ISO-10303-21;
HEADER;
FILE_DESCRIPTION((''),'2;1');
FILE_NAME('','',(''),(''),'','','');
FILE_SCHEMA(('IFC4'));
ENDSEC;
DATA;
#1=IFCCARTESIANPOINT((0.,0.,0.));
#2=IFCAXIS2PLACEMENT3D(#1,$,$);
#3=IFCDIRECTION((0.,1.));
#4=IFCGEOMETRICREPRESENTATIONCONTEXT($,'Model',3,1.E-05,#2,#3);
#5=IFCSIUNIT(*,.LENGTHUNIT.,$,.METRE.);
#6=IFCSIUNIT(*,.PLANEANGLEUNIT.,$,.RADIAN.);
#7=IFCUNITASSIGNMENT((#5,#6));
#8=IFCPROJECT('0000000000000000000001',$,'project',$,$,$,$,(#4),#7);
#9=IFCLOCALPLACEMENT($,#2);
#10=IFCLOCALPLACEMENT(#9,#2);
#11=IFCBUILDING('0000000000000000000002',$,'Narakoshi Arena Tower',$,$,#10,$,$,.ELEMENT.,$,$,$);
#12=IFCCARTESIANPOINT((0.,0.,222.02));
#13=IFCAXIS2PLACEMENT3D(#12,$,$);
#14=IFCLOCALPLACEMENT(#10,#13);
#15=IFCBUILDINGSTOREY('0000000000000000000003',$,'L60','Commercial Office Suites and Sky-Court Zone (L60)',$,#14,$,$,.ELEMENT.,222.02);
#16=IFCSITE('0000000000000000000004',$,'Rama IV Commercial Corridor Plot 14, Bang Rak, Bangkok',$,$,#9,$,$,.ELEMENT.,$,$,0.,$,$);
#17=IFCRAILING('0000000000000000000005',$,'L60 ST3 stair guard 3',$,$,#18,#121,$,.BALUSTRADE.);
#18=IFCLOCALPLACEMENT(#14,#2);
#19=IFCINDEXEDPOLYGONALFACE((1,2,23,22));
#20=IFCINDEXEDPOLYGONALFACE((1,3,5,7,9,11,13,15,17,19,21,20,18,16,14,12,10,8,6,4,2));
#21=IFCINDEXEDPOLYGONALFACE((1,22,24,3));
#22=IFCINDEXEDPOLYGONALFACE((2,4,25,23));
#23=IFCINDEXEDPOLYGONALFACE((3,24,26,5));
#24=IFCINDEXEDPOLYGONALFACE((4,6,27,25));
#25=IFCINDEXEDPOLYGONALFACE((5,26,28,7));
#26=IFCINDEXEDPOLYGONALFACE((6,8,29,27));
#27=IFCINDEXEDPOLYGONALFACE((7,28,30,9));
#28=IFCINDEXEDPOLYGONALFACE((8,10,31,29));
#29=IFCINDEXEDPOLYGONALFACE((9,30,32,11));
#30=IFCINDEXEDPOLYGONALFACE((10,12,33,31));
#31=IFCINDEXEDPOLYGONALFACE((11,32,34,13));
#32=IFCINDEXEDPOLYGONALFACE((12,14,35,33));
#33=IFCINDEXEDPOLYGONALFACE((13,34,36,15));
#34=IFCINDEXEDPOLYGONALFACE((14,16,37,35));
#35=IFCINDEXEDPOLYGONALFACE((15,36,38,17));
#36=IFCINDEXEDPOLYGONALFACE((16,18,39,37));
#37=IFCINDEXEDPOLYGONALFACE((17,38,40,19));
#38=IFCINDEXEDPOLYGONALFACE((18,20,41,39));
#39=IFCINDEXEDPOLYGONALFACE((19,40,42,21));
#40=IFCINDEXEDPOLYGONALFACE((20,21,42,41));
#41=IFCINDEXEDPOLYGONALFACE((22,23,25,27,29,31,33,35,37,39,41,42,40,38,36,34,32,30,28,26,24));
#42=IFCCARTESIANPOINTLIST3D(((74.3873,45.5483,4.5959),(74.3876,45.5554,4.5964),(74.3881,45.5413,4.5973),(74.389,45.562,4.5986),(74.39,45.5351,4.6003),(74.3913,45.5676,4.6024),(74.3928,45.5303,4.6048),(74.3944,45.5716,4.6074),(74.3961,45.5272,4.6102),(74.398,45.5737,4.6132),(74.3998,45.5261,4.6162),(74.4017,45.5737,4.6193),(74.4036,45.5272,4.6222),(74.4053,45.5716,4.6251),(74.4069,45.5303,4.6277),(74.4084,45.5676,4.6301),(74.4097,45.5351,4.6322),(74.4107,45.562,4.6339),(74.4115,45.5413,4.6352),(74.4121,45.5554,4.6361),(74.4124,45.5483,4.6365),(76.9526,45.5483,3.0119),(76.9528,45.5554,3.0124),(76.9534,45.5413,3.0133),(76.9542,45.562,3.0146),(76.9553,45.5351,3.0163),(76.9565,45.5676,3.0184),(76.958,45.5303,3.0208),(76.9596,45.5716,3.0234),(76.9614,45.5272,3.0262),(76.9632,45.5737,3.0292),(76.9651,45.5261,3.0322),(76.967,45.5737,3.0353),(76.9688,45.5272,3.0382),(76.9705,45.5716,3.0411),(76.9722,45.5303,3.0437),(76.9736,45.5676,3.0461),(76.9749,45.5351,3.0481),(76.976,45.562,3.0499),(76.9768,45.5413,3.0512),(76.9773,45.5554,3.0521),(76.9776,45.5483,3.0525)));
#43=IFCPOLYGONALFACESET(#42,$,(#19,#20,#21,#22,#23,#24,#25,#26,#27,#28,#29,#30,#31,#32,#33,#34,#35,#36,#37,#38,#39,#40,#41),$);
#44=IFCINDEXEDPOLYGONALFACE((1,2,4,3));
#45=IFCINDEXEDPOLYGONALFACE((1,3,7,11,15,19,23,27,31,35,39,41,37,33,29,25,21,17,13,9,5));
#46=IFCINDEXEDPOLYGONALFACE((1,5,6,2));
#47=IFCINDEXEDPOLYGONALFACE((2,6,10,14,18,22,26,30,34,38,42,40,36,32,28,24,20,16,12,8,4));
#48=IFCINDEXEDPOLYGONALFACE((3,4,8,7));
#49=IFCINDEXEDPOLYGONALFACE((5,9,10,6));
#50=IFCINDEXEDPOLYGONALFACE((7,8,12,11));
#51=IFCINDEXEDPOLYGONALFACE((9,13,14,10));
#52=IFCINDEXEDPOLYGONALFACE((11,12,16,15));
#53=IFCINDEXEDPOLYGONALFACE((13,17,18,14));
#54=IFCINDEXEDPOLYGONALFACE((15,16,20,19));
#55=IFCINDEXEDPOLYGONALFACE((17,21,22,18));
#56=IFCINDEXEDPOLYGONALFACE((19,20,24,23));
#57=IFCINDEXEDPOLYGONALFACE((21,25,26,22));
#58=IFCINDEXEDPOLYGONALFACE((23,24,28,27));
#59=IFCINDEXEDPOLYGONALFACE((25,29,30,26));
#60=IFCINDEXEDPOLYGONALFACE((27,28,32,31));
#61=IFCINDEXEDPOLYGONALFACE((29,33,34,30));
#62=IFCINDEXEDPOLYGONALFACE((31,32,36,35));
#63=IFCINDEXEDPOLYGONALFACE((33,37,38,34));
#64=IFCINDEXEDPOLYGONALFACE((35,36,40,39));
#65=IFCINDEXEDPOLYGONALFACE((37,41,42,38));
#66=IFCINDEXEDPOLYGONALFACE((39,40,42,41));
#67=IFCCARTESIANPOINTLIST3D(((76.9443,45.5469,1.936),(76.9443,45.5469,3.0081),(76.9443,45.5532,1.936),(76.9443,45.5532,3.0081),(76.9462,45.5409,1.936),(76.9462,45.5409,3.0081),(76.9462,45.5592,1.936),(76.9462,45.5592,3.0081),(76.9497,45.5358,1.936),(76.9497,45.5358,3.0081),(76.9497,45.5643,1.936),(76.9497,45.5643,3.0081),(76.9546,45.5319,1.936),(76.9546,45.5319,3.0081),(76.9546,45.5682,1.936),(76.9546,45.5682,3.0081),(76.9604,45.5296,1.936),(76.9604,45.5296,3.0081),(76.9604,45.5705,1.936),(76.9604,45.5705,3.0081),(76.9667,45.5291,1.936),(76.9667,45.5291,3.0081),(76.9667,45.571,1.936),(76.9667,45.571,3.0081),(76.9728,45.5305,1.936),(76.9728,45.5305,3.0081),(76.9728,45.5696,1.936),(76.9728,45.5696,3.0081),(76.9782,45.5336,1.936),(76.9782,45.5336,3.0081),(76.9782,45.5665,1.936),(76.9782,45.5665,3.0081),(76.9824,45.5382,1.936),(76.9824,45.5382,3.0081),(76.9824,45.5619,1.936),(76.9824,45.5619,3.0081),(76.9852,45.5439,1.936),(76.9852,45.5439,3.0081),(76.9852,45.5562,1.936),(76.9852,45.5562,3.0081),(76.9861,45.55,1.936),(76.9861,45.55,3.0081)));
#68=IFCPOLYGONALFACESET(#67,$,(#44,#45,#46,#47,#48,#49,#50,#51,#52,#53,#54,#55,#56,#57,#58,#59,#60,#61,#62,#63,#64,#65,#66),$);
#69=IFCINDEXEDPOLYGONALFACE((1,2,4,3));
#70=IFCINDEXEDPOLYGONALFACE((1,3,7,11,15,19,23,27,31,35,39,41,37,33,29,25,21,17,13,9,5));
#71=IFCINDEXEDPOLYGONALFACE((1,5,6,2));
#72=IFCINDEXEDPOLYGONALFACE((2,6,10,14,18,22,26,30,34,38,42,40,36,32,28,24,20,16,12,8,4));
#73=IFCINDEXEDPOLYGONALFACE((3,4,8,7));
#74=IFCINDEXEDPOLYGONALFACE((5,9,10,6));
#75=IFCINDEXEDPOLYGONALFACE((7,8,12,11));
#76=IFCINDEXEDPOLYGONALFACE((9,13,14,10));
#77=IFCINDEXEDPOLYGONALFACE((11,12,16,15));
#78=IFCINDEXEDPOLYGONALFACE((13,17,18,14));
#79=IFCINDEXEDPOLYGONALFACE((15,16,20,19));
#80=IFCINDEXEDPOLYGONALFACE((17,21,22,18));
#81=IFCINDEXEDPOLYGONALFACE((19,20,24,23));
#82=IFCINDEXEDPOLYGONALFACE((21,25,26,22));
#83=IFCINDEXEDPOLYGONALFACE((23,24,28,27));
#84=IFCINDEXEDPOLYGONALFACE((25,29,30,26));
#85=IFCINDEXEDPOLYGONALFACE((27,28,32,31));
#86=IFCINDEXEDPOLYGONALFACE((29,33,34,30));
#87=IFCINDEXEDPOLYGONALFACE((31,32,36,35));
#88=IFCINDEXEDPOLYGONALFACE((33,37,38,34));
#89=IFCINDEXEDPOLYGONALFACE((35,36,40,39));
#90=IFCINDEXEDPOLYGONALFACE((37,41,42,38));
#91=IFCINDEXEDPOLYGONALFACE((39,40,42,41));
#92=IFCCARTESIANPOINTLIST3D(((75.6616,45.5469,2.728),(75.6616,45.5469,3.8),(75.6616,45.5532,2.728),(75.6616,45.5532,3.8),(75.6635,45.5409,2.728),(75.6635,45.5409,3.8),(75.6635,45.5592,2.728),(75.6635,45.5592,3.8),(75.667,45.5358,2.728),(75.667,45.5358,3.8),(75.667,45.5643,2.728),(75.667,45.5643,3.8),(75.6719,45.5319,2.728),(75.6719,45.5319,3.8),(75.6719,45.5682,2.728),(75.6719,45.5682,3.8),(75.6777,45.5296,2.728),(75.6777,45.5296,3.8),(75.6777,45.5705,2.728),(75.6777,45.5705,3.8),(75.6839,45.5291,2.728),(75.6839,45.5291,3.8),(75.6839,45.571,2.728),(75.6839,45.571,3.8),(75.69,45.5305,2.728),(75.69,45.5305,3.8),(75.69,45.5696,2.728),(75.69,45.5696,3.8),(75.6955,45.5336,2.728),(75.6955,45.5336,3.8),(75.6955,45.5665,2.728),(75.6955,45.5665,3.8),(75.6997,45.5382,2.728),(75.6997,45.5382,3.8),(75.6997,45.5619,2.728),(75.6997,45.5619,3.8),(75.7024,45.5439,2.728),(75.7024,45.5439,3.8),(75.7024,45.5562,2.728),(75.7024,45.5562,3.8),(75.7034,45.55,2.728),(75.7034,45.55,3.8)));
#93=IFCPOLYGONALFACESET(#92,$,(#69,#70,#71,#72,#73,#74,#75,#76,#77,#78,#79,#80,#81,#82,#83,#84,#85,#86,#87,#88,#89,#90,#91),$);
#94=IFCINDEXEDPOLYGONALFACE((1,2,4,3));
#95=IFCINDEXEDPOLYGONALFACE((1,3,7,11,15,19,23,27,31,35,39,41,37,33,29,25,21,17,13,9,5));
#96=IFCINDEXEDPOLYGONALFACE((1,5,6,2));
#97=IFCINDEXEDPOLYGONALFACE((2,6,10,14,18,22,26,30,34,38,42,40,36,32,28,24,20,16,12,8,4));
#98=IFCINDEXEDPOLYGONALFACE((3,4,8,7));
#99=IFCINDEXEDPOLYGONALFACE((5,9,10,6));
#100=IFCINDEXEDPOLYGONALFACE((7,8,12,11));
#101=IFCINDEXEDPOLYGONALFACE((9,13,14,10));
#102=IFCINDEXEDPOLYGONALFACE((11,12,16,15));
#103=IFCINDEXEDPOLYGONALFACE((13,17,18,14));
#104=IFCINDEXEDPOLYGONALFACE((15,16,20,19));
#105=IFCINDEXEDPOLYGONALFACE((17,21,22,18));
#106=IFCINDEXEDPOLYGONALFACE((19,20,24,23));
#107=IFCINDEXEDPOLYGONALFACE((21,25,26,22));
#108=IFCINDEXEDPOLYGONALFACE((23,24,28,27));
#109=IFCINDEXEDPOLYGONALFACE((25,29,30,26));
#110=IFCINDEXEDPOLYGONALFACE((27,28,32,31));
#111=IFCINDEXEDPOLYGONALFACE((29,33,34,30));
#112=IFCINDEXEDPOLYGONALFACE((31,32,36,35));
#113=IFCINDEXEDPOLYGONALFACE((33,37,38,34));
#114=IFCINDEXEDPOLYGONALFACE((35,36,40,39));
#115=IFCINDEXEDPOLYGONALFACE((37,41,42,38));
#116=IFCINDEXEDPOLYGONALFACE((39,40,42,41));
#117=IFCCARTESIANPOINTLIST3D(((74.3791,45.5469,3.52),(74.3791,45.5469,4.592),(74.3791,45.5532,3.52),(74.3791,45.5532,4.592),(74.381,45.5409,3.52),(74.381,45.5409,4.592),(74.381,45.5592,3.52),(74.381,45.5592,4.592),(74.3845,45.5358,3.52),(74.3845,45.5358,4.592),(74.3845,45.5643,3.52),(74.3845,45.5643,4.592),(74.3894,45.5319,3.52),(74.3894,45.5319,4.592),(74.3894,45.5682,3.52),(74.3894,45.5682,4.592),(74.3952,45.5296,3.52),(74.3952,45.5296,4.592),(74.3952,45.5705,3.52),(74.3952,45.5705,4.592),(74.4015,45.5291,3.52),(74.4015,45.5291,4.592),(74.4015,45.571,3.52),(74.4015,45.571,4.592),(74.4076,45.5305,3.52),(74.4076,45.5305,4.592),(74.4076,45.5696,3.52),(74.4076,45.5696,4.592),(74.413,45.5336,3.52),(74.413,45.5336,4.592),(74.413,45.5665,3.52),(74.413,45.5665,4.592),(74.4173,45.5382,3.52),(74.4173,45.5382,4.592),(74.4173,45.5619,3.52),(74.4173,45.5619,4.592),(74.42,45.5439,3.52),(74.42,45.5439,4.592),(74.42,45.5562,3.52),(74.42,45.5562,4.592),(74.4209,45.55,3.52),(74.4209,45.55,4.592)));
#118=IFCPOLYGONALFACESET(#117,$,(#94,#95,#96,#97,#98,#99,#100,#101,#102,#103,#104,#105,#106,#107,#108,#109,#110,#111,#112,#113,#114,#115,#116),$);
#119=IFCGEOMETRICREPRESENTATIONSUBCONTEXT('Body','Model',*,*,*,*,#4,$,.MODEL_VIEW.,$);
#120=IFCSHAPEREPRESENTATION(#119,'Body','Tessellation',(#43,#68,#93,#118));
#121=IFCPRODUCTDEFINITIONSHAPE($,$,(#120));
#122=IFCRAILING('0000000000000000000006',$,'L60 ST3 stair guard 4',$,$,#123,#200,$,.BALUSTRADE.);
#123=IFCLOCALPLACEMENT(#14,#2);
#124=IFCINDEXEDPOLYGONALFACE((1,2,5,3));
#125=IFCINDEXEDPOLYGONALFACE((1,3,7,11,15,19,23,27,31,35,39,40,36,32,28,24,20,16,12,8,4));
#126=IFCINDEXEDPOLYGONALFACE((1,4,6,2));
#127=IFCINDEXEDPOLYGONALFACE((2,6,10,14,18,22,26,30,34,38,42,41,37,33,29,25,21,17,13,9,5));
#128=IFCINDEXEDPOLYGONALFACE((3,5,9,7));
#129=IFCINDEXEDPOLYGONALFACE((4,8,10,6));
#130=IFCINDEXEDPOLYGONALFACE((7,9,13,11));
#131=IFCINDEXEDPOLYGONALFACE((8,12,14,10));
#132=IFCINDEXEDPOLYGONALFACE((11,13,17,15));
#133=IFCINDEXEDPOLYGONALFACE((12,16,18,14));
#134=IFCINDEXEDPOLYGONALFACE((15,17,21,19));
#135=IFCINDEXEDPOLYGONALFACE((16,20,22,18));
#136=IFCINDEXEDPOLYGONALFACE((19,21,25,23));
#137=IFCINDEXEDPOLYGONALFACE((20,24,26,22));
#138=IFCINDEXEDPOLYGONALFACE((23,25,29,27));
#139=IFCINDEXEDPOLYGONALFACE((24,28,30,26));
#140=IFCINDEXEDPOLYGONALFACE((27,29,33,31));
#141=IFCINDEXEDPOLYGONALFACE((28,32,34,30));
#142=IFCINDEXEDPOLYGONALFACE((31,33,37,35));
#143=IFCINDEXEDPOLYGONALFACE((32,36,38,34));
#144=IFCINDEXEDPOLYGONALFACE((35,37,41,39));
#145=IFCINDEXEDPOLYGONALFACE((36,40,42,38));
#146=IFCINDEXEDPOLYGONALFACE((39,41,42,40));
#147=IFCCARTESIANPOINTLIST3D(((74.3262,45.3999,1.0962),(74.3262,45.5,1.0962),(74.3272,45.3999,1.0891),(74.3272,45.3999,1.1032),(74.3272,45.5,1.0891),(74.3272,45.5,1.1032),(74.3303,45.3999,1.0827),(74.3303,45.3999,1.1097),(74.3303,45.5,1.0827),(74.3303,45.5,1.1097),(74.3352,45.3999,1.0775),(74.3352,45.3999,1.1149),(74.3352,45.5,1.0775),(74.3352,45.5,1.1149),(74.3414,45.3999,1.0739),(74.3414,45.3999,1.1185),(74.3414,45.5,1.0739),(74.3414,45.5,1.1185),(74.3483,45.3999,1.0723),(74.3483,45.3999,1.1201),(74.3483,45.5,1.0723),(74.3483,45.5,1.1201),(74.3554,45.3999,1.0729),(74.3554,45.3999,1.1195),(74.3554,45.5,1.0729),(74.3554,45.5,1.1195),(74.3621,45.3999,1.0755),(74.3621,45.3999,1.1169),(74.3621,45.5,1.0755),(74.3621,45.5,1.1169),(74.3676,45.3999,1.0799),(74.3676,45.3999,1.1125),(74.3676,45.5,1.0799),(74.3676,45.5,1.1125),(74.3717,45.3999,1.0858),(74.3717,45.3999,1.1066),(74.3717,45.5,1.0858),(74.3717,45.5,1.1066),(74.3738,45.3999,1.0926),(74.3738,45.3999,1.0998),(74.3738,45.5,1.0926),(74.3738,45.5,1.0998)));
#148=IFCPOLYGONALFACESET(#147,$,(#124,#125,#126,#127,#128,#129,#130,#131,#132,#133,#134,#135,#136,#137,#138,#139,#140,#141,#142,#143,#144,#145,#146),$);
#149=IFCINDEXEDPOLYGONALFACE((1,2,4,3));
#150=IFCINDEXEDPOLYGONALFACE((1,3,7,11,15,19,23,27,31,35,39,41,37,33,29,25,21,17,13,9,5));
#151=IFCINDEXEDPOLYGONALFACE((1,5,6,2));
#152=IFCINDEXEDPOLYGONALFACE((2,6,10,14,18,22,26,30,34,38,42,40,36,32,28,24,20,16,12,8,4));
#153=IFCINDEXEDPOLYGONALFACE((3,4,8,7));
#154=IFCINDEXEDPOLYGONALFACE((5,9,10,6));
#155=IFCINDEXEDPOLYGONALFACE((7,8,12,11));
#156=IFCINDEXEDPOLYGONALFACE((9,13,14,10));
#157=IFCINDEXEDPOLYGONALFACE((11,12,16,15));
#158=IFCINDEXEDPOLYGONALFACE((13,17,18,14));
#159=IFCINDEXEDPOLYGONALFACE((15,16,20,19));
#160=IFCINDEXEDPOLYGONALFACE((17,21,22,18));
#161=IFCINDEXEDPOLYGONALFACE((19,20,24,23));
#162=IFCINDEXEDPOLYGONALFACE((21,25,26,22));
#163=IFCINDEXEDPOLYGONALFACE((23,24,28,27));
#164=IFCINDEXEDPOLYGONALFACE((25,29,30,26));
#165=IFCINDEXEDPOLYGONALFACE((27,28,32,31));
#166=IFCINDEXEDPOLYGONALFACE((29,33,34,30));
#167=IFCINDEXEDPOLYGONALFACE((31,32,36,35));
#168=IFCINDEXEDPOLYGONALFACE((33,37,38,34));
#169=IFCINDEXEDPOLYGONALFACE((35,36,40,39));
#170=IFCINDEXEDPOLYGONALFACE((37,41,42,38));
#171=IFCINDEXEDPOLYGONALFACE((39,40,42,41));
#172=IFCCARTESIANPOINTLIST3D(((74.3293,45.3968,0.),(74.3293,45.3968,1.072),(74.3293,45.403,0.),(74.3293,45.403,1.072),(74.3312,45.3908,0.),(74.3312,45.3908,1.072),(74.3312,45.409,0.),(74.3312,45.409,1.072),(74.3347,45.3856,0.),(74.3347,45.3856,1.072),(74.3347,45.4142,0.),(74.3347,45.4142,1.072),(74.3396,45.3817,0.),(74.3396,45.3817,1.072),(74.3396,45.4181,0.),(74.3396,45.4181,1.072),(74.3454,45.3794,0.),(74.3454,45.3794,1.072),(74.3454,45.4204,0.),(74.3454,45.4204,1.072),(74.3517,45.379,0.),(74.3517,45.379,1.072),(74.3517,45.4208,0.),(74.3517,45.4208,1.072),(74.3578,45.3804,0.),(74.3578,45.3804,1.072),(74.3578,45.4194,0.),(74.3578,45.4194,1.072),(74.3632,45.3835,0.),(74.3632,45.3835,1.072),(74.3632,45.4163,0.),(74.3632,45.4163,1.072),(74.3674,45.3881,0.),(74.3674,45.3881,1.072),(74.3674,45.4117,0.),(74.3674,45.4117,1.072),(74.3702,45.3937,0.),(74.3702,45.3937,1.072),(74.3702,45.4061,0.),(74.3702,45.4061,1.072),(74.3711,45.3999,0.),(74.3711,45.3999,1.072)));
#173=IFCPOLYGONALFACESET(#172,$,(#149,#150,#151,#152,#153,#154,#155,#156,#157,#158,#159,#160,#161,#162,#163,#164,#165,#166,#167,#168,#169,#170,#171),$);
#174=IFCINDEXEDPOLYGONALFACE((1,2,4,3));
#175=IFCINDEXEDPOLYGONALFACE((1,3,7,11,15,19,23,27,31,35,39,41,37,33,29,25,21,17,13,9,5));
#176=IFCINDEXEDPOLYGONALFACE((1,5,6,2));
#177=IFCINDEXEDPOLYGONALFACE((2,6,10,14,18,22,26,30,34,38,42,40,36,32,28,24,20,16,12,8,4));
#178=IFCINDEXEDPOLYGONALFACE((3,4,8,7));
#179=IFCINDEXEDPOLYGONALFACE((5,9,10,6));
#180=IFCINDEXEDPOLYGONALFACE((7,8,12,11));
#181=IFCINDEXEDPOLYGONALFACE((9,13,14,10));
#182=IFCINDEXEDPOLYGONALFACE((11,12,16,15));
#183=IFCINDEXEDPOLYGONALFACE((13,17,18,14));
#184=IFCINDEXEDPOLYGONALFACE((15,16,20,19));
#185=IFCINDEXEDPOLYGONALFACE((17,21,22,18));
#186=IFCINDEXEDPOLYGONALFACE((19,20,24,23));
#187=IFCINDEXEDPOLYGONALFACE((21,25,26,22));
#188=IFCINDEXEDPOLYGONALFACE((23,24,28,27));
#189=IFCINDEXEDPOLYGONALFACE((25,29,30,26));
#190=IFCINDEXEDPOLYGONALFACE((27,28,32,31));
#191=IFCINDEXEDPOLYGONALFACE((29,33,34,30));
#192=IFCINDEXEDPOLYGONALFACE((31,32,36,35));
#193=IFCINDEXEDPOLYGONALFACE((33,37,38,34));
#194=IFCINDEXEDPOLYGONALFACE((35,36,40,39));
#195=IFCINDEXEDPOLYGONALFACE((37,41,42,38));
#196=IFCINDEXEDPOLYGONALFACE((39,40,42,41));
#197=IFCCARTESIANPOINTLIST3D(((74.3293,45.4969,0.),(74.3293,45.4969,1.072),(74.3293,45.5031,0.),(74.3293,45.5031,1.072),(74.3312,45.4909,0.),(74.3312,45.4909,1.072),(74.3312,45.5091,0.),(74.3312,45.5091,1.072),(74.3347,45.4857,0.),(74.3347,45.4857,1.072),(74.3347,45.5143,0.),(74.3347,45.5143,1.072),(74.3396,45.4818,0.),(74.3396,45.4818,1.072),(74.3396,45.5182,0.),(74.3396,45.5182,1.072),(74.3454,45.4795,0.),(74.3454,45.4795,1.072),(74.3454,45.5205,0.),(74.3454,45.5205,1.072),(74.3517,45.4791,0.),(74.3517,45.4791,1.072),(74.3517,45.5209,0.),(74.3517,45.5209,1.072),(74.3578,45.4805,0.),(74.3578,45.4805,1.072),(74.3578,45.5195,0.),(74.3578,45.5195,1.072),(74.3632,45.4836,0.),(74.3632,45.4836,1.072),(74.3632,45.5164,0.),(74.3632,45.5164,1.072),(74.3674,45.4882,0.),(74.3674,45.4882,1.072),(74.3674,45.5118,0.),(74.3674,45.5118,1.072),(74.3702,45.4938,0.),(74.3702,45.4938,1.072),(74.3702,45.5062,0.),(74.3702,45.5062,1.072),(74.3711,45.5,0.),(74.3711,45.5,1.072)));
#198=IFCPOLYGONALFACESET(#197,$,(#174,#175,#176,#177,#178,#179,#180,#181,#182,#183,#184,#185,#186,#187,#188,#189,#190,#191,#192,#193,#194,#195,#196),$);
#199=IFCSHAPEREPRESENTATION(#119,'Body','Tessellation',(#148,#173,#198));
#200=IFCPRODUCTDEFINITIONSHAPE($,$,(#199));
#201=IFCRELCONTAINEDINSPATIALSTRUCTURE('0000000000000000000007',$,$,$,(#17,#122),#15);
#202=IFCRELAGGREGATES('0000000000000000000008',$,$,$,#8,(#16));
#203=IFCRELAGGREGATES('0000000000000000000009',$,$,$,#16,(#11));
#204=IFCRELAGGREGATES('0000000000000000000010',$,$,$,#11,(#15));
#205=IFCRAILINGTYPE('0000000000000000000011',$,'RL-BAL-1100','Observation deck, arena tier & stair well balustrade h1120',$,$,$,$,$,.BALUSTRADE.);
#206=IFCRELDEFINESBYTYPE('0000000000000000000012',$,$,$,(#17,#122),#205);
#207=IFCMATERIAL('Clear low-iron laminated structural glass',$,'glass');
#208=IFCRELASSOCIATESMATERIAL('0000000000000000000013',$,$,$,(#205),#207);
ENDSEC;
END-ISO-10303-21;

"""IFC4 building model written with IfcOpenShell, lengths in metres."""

from ifc_helpers import new_model, si_unit, direction, frame, origin, origin_2d, place, context, subcontext, project, spatial, circle, extrude, material, type_object, element, save


model = new_model("IFC4")

# Units and contexts
model_context = context("Model", 3, precision=1e-05, world=origin(), true_north=direction((0.0, 1.0)))
body_context = subcontext(model_context, "Body", "Model", "MODEL_VIEW")
ifc_project = project(units=[si_unit("LENGTHUNIT", "METRE"), si_unit("PLANEANGLEUNIT", "RADIAN")], contexts=[model_context])

# Site, building, storey
site_placement = place(None, origin())
site = spatial("IfcSite", under=ifc_project, at=site_placement, Name="Rama IV Commercial Corridor Plot 14, Bang Rak, Bangkok", CompositionType="ELEMENT", RefElevation=0.0)
building_placement = place(site_placement, origin())
building = spatial("IfcBuilding", under=site, at=building_placement, Name="Narakoshi Arena Tower", CompositionType="ELEMENT")
storey_placement = place(building_placement, frame((0.0, 0.0, 222.02)))
storey = spatial("IfcBuildingStorey", under=building, at=storey_placement, Name="L60", Description="Commercial Office Suites and Sky-Court Zone (L60)", CompositionType="ELEMENT", Elevation=222.02)

# Railings
ifc_material_1 = material(Name="Clear low-iron laminated structural glass", Category="glass")
railing_type_1 = type_object("IfcRailingType", Name="RL-BAL-1100", Description="Observation deck, arena tier & stair well balustrade h1120", PredefinedType="BALUSTRADE", material=ifc_material_1)
railing_1_placement = place(storey_placement, frame((76.9651, 45.55, 1.936)))
element("IfcRailing", 1, at=railing_1_placement, inside=storey, type_object=railing_type_1, Name="L60 ST3 stair guard 3", PredefinedType="BALUSTRADE", context=body_context, shape_type="SweptSolid", body=[
    extrude(circle(Radius=0.0239, at=origin_2d()), frame((0.0, 0.0, 1.0962), z_axis=(-0.850857, 0.0, 0.525398), x_axis=(0.0, -1.0, 0.0)), (0.0, 0.0, 1.0), 3.0149),
    extrude(circle(Radius=0.021, at=origin_2d()), origin(), (0.0, 0.0, 1.0), 1.072),
    extrude(circle(Radius=0.021, at=origin_2d()), frame((-1.2827, 0.0, 0.792)), (0.0, 0.0, 1.0), 1.072),
    extrude(circle(Radius=0.021, at=origin_2d()), frame((-2.5652, 0.0, 1.584)), (0.0, 0.0, 1.0), 1.072),
])
railing_2_placement = place(storey_placement, frame((74.3501, 45.3999, 0.0)))
element("IfcRailing", 2, at=railing_2_placement, inside=storey, type_object=railing_type_1, Name="L60 ST3 stair guard 4", PredefinedType="BALUSTRADE", context=body_context, shape_type="SweptSolid", body=[
    extrude(circle(Radius=0.0239, at=origin_2d()), frame((0.0, 0.0, 1.0962), z_axis=(0.0, 1.0, 0.0), x_axis=(-1.0, 0.0, 0.0)), (0.0, 0.0, 1.0), 0.1001),
    extrude(circle(Radius=0.021, at=origin_2d()), origin(), (0.0, 0.0, 1.0), 1.072),
    extrude(circle(Radius=0.021, at=origin_2d()), frame((0.0, 0.1001, 0.0)), (0.0, 0.0, 1.0), 1.072),
])

save(model, "model.ifc")
